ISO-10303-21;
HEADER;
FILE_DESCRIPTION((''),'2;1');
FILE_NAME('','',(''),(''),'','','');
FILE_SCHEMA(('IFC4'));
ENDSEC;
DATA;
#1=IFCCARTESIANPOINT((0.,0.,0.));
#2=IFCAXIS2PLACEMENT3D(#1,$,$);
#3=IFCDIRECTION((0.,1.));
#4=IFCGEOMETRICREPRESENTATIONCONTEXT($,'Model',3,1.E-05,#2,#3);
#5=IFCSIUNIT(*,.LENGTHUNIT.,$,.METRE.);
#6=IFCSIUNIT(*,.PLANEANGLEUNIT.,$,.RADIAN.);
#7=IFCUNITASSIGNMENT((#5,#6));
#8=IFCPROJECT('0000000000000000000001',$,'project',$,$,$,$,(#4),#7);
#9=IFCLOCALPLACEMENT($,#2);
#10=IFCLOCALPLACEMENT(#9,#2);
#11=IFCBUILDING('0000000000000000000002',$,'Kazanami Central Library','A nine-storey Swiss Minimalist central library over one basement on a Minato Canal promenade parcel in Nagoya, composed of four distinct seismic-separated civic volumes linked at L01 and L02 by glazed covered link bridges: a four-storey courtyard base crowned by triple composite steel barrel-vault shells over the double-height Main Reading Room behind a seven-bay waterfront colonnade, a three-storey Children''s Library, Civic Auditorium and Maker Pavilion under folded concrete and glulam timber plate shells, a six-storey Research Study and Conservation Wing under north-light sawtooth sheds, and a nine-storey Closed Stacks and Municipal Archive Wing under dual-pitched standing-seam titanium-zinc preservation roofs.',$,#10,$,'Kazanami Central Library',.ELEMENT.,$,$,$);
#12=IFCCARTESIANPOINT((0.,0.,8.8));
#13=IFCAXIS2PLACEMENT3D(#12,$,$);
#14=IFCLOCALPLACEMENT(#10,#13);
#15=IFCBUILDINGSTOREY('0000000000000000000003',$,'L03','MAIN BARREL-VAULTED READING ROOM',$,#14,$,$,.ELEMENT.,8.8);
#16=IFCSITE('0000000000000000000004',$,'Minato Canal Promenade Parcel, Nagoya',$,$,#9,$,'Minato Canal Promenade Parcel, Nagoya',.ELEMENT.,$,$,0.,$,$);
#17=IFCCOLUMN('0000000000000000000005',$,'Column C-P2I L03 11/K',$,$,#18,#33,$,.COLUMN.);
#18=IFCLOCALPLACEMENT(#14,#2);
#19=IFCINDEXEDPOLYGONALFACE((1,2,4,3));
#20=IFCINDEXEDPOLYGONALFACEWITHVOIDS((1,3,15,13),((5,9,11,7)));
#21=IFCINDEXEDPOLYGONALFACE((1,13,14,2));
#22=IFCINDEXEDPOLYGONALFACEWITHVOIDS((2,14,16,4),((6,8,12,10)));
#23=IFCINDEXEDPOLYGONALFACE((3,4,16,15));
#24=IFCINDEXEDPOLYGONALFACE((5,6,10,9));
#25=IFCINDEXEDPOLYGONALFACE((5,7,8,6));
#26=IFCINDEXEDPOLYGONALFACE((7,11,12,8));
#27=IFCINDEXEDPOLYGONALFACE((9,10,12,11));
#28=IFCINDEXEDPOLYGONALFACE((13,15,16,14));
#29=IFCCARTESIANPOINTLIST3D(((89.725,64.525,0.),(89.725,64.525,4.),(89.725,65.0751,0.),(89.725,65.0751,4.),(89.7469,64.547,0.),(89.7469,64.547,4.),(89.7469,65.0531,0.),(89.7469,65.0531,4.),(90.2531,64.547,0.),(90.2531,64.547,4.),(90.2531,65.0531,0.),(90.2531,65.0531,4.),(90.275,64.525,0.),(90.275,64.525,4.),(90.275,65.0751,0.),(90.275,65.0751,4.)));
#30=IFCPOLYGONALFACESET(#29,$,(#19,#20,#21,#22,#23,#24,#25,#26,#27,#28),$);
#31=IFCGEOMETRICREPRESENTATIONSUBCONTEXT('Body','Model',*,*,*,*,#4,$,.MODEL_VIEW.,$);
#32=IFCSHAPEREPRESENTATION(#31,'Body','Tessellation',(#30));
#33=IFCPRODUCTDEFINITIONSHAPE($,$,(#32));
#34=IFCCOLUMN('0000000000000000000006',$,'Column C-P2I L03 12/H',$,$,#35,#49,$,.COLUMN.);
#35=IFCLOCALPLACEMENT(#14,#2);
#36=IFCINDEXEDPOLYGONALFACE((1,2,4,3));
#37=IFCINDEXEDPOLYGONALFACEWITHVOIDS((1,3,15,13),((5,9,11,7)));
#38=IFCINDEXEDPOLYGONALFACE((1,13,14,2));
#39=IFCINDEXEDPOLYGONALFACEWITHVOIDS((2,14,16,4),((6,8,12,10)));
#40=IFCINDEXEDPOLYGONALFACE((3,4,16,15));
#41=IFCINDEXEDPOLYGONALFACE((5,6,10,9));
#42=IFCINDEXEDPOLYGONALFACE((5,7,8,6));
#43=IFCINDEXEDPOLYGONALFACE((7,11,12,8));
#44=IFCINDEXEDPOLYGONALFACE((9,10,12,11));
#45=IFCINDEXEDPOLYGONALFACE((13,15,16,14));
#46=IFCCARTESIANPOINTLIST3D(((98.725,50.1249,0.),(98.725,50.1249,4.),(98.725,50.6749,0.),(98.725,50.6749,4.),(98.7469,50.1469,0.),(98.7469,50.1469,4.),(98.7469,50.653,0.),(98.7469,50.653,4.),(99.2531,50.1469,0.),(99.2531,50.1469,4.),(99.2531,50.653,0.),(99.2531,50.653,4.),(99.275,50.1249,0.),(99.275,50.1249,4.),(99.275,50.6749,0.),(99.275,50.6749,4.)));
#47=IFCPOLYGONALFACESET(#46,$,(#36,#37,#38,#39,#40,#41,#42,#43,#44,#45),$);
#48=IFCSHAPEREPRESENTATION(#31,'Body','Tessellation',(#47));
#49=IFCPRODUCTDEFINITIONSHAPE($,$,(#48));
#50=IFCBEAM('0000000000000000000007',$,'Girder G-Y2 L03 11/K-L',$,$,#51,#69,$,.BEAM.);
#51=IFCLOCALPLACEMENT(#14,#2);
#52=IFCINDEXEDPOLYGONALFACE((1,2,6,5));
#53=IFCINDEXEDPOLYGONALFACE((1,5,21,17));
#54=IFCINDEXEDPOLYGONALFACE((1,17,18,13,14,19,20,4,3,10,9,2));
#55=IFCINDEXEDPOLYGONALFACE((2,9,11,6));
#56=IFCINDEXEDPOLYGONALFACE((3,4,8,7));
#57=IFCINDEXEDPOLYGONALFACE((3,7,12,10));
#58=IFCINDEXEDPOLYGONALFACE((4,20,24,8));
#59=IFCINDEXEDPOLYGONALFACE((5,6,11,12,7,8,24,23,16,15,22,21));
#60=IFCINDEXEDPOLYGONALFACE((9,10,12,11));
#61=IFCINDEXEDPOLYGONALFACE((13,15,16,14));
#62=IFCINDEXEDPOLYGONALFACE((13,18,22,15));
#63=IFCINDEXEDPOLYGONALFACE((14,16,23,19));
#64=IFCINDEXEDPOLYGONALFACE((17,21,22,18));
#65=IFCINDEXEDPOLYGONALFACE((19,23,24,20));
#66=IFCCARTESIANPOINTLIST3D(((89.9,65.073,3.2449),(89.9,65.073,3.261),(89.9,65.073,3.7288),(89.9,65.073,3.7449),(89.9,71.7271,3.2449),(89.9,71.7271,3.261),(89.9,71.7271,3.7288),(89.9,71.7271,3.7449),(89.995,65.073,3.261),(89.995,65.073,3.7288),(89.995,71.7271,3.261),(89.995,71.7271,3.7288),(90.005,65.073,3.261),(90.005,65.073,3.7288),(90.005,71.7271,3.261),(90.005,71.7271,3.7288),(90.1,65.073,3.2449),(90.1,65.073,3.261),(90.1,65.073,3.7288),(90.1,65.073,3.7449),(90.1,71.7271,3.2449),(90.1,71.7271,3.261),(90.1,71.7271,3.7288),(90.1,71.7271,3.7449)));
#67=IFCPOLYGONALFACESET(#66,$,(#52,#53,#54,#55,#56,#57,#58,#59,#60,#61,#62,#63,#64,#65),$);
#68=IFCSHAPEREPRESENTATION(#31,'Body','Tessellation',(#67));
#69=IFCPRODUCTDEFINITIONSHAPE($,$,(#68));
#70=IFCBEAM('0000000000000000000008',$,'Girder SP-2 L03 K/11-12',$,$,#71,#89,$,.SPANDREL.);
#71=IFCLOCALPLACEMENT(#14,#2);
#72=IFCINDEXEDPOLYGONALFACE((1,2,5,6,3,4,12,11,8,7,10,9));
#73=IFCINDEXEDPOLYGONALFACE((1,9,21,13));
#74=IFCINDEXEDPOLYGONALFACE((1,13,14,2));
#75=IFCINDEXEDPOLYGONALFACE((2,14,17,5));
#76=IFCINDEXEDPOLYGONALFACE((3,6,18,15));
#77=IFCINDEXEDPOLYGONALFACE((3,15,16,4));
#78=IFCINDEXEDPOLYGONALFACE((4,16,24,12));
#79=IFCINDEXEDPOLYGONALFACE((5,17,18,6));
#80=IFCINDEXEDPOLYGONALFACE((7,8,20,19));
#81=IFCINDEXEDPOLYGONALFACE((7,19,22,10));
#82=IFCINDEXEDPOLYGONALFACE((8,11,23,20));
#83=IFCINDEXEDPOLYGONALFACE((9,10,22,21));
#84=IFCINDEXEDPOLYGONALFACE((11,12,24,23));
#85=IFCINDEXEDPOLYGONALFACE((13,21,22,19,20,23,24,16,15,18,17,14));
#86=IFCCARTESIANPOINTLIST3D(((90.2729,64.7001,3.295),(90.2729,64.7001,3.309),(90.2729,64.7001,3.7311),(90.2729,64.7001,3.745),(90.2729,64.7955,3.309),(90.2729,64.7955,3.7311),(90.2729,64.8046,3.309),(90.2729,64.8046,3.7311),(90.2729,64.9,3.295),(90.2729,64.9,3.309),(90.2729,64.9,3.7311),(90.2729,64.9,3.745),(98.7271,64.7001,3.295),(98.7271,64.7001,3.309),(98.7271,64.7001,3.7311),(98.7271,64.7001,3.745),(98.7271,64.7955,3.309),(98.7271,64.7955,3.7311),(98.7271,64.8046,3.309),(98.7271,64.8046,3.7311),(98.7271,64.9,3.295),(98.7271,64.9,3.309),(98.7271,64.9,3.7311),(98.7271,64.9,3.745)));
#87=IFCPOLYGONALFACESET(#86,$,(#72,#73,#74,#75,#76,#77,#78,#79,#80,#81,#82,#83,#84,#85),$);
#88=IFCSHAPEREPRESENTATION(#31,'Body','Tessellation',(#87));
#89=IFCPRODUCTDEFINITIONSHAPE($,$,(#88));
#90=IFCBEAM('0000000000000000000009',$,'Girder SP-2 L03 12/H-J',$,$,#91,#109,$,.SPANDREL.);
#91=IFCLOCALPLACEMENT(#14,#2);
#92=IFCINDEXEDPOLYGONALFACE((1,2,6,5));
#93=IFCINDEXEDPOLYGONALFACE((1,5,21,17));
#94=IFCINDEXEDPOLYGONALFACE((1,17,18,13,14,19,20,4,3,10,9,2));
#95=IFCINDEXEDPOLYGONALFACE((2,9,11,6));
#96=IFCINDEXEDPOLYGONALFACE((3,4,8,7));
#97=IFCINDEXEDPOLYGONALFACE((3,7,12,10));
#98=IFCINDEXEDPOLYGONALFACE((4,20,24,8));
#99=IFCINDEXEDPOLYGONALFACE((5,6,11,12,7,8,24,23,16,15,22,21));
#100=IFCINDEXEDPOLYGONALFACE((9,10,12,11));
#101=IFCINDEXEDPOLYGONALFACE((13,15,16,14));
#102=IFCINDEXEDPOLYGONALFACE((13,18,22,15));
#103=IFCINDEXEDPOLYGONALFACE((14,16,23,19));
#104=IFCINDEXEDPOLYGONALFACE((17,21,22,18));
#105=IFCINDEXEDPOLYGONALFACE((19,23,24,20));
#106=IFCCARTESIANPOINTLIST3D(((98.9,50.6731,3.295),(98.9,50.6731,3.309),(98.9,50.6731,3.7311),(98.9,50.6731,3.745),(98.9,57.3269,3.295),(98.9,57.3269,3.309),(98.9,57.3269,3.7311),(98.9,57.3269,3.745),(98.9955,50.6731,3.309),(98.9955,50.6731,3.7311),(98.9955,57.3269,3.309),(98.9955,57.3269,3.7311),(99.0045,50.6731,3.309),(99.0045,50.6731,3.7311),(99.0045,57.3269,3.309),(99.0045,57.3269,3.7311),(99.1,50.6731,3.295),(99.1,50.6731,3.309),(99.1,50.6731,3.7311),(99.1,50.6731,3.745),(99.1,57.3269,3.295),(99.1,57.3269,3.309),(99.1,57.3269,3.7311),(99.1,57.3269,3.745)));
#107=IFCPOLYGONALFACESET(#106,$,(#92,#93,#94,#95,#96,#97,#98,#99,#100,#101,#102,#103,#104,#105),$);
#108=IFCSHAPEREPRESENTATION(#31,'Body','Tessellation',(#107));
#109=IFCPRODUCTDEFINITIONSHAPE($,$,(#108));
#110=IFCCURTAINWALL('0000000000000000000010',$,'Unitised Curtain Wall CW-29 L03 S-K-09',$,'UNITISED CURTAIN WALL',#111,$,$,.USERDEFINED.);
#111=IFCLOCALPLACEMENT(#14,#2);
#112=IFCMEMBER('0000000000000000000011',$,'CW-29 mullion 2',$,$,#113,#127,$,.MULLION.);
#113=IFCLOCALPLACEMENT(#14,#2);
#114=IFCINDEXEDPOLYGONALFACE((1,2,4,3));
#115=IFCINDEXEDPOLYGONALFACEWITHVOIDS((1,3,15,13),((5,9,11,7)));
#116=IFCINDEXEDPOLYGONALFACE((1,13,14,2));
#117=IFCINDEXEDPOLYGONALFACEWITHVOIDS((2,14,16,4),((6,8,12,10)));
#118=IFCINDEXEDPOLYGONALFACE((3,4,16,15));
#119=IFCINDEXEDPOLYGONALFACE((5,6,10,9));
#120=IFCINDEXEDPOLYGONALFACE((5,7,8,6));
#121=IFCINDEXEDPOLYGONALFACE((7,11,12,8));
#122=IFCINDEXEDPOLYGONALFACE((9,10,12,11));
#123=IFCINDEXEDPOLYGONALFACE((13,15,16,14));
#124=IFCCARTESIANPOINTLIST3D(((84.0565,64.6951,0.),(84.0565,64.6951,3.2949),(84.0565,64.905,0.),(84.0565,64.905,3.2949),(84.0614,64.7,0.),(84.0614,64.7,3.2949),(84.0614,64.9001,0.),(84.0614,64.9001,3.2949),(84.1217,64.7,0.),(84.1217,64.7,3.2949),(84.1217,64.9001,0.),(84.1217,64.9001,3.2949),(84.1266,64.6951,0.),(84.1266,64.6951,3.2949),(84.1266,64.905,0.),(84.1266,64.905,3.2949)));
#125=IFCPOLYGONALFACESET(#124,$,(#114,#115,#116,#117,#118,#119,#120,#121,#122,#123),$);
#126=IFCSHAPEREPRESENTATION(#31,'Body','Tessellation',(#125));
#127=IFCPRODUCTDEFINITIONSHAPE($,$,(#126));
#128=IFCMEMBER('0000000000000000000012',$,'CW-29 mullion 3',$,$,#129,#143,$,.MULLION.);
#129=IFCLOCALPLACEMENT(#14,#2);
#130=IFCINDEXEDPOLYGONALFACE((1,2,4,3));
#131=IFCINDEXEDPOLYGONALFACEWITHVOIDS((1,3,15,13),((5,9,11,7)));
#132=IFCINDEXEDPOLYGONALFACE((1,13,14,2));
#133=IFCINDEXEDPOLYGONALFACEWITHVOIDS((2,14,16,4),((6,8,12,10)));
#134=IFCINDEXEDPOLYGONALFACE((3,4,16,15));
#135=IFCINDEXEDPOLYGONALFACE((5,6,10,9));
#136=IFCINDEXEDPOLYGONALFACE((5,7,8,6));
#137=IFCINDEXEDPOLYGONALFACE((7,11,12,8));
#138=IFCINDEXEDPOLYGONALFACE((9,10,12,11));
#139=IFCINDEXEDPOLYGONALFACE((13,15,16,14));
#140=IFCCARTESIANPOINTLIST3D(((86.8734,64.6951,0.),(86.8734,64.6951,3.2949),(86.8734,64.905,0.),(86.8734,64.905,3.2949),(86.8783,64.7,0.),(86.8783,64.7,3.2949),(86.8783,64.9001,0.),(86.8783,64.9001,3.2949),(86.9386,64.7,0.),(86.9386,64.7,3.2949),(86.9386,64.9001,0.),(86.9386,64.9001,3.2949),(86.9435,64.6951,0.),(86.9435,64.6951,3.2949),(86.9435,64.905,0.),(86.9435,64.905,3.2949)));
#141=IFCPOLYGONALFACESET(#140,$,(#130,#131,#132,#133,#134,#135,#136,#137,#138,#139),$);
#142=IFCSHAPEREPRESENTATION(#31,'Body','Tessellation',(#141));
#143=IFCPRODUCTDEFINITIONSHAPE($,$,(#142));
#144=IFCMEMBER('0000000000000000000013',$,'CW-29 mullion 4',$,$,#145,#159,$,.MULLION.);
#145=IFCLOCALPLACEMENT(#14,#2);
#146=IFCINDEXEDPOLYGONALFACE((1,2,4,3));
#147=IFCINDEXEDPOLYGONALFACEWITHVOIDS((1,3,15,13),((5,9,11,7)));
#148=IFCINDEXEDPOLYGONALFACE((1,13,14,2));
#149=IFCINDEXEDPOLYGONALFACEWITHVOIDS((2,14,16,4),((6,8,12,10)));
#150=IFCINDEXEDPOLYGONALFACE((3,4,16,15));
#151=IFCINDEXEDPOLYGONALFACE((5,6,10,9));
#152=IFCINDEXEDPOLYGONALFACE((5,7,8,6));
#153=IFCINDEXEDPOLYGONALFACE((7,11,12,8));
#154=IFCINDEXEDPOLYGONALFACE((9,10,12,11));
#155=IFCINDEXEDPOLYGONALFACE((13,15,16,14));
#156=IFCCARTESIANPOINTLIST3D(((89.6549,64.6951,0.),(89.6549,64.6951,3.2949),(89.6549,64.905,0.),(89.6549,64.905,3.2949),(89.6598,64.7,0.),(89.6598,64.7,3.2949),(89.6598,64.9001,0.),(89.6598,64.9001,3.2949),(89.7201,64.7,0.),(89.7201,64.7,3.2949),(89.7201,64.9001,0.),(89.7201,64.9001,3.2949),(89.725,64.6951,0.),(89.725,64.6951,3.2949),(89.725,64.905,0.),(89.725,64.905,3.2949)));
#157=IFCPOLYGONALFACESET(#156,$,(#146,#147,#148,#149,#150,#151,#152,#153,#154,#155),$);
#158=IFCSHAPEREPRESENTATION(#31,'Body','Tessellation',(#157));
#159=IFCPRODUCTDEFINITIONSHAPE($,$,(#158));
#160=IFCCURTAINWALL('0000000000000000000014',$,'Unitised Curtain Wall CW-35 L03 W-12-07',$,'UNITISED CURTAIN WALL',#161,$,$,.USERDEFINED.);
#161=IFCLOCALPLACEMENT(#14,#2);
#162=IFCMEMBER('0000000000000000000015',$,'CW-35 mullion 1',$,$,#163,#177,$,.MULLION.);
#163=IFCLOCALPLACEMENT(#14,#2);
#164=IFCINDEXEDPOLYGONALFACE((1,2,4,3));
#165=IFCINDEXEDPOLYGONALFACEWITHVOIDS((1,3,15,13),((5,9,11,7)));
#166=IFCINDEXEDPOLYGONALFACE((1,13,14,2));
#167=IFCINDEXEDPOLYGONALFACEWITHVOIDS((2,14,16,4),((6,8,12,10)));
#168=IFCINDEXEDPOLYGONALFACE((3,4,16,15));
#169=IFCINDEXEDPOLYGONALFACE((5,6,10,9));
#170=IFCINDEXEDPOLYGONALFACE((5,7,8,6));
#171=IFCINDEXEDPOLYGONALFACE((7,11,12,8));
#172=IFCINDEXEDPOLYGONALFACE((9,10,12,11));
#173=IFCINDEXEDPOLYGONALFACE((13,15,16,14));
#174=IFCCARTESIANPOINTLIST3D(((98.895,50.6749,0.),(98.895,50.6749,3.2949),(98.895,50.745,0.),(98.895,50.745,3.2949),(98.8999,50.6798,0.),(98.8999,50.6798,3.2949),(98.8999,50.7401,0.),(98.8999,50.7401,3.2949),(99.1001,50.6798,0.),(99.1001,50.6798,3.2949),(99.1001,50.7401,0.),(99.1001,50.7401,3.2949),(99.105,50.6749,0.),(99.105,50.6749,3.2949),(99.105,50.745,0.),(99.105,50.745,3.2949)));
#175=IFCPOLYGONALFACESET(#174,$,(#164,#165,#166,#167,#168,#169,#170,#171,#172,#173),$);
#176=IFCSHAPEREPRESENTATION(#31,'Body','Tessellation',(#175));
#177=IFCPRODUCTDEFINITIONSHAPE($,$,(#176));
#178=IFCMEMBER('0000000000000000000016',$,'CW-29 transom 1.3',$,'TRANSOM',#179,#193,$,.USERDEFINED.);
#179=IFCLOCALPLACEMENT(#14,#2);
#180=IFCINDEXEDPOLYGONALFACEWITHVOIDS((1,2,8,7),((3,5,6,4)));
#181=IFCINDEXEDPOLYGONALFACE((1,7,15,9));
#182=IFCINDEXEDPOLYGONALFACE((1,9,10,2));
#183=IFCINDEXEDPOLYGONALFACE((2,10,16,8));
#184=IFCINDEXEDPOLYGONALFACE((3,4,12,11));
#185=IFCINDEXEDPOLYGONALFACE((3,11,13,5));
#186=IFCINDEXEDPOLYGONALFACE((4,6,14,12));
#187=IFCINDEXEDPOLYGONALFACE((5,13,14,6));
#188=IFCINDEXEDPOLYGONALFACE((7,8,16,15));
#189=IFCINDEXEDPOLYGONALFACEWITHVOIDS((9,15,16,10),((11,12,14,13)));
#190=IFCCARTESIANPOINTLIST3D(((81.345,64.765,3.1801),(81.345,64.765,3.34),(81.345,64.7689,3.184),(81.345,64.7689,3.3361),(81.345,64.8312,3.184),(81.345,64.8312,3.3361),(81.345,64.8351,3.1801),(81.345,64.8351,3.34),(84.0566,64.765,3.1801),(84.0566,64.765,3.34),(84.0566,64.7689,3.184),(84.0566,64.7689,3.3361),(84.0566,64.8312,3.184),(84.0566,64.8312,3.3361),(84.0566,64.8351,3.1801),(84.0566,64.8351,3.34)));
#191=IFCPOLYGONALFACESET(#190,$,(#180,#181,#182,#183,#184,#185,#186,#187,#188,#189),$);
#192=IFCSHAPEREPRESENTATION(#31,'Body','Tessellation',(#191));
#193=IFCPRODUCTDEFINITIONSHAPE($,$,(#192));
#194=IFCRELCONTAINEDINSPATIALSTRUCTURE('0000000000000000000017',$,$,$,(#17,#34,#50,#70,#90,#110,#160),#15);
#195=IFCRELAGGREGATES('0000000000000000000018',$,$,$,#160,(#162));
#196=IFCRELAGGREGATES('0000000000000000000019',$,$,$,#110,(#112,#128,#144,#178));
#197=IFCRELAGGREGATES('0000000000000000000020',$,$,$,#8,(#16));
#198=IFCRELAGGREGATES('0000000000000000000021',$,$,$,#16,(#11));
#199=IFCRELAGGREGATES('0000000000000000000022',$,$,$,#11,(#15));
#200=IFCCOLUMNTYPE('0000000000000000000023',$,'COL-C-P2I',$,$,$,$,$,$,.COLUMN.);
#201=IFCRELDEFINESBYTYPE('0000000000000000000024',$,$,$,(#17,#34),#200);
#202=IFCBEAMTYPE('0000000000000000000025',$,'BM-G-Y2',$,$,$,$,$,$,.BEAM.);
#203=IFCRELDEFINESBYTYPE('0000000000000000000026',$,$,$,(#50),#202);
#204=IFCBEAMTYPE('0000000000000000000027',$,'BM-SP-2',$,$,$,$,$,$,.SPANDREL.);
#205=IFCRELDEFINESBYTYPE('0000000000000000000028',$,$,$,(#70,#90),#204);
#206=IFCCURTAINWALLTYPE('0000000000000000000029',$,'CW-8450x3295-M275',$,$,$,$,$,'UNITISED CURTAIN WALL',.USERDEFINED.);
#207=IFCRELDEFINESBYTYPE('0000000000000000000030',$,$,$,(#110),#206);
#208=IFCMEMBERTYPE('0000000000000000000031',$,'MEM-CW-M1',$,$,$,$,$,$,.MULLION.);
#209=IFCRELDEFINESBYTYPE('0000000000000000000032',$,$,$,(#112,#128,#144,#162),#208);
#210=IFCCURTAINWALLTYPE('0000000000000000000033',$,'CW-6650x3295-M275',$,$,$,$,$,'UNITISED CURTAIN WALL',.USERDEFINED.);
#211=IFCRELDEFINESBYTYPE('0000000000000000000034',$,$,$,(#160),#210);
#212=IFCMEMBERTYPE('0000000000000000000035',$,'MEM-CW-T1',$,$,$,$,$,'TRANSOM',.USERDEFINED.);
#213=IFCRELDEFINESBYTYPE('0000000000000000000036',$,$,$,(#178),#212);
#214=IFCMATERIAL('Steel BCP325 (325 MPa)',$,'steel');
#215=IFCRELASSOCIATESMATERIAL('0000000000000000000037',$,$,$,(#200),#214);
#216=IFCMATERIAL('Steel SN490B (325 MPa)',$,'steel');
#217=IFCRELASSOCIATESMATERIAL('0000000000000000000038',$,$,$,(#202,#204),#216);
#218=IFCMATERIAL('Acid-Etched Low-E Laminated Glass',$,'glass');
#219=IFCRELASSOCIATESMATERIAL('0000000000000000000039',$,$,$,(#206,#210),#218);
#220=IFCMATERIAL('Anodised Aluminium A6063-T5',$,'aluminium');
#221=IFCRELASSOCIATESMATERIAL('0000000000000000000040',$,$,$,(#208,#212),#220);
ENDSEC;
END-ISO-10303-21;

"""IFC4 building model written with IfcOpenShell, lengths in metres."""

from ifc_helpers import new_model, si_unit, direction, frame, origin, origin_2d, place, context, subcontext, project, spatial, hollow_rectangle, i_section, extrude, material, material_profile, profile_set, type_object, element, aggregate, save


model = new_model("IFC4")

# Units and contexts
model_context = context("Model", 3, precision=1e-05, world=origin(), true_north=direction((0.0, 1.0)))
body_context = subcontext(model_context, "Body", "Model", "MODEL_VIEW")
ifc_project = project(units=[si_unit("LENGTHUNIT", "METRE"), si_unit("PLANEANGLEUNIT", "RADIAN")], contexts=[model_context])

# Site, building, storey
site_placement = place(None, origin())
site = spatial("IfcSite", under=ifc_project, at=site_placement, Name="Minato Canal Promenade Parcel, Nagoya", LongName="Minato Canal Promenade Parcel, Nagoya", CompositionType="ELEMENT", RefElevation=0.0)
building_placement = place(site_placement, origin())
building = spatial("IfcBuilding", under=site, at=building_placement, Name="Kazanami Central Library", Description="A nine-storey Swiss Minimalist central library over one basement on a Minato Canal promenade parcel in Nagoya, composed of four distinct seismic-separated civic volumes linked at L01 and L02 by glazed covered link bridges: a four-storey courtyard base crowned by triple composite steel barrel-vault shells over the double-height Main Reading Room behind a seven-bay waterfront colonnade, a three-storey Children's Library, Civic Auditorium and Maker Pavilion under folded concrete and glulam timber plate shells, a six-storey Research Study and Conservation Wing under north-light sawtooth sheds, and a nine-storey Closed Stacks and Municipal Archive Wing under dual-pitched standing-seam titanium-zinc preservation roofs.", LongName="Kazanami Central Library", CompositionType="ELEMENT")
storey_placement = place(building_placement, frame((0.0, 0.0, 8.8)))
storey = spatial("IfcBuildingStorey", under=building, at=storey_placement, Name="L03", Description="MAIN BARREL-VAULTED READING ROOM", CompositionType="ELEMENT", Elevation=8.8)

# Columns
ifc_material_1 = material(Name="Steel BCP325 (325 MPa)", Category="steel")
ifc_material_profile_1 = material_profile(ifc_material_1, hollow_rectangle(XDim=0.55, YDim=0.55, WallThickness=0.022, at=origin_2d()), Name="BCP-550x550x22")
ifc_profile_set_1 = profile_set([ifc_material_profile_1], Name="Steel BCP325 (325 MPa)")
column_type = type_object("IfcColumnType", Name="COL-C-P2I", PredefinedType="COLUMN", material=ifc_profile_set_1)
for number, where, z_axis, x_axis, name in (
    (1, (90.0, 64.8, 0.0), (0.0, 0.0, 1.0), (1.0, 0.0, 0.0), "Column C-P2I L03 11/K"),
    (2, (99.0, 50.3999, 0.0), (0.0, 0.0, 1.0), (1.0, 0.0, 0.0), "Column C-P2I L03 12/H"),
):
    element("IfcColumn", number, at=place(storey_placement, frame(where, z_axis=z_axis, x_axis=x_axis)), inside=storey, type_object=column_type, Name=name, PredefinedType="COLUMN", context=body_context, shape_type="SweptSolid", body=[
        extrude(hollow_rectangle(XDim=0.55, YDim=0.55, WallThickness=0.022, at=origin_2d()), origin(), (0.0, 0.0, 1.0), 4.0),
    ])

# Beams
ifc_material_2 = material(Name="Steel SN490B (325 MPa)", Category="steel")
ifc_material_profile_2 = material_profile(ifc_material_2, i_section(OverallWidth=0.2, OverallDepth=0.5, WebThickness=0.01, FlangeThickness=0.0161, at=origin_2d()), Name="H-500x200x10x16")
ifc_profile_set_2 = profile_set([ifc_material_profile_2], Name="Steel SN490B (325 MPa)")
beam_type_1 = type_object("IfcBeamType", Name="BM-G-Y2", PredefinedType="BEAM", material=ifc_profile_set_2)
beam_1_placement = place(storey_placement, frame((90.0, 65.073, 3.4949), z_axis=(0.0, 1.0, 0.0), x_axis=(-1.0, 0.0, 0.0)))
element("IfcBeam", 3, at=beam_1_placement, inside=storey, type_object=beam_type_1, Name="Girder G-Y2 L03 11/K-L", PredefinedType="BEAM", context=body_context, shape_type="SweptSolid", body=[
    extrude(i_section(OverallWidth=0.2, OverallDepth=0.5, WebThickness=0.01, FlangeThickness=0.0161, at=origin_2d()), origin(), (0.0, 0.0, 1.0), 6.6541),
])
ifc_material_profile_3 = material_profile(ifc_material_2, i_section(OverallWidth=0.2, OverallDepth=0.45, WebThickness=0.009, FlangeThickness=0.0139, at=origin_2d()), Name="H-450x200x9x14")
ifc_profile_set_3 = profile_set([ifc_material_profile_3], Name="Steel SN490B (325 MPa)")
beam_type_2 = type_object("IfcBeamType", Name="BM-SP-2", PredefinedType="SPANDREL", material=ifc_profile_set_3)
beam_2_placement = place(storey_placement, frame((90.2729, 64.8, 3.52), z_axis=(1.0, 0.0, 0.0), x_axis=(0.0, 1.0, 0.0)))
element("IfcBeam", 4, at=beam_2_placement, inside=storey, type_object=beam_type_2, Name="Girder SP-2 L03 K/11-12", PredefinedType="SPANDREL", context=body_context, shape_type="SweptSolid", body=[
    extrude(i_section(OverallWidth=0.2, OverallDepth=0.45, WebThickness=0.009, FlangeThickness=0.0139, at=origin_2d()), origin(), (0.0, 0.0, 1.0), 8.4541),
])
beam_3_placement = place(storey_placement, frame((99.0, 50.6731, 3.52), z_axis=(0.0, 1.0, 0.0), x_axis=(-1.0, 0.0, 0.0)))
element("IfcBeam", 5, at=beam_3_placement, inside=storey, type_object=beam_type_2, Name="Girder SP-2 L03 12/H-J", PredefinedType="SPANDREL", context=body_context, shape_type="SweptSolid", body=[
    extrude(i_section(OverallWidth=0.2, OverallDepth=0.45, WebThickness=0.009, FlangeThickness=0.0139, at=origin_2d()), origin(), (0.0, 0.0, 1.0), 6.6538),
])

# Curtain wall, members
ifc_material_3 = material(Name="Acid-Etched Low-E Laminated Glass", Category="glass")
curtain_wall_type_1 = type_object("IfcCurtainWallType", Name="CW-8450x3295-M275", ElementType="UNITISED CURTAIN WALL", PredefinedType="USERDEFINED", material=ifc_material_3)
curtain_wall_1_placement = place(storey_placement, origin())
curtain_wall_1 = element("IfcCurtainWall", 6, at=curtain_wall_1_placement, inside=storey, type_object=curtain_wall_type_1, Name="Unitised Curtain Wall CW-29 L03 S-K-09", ObjectType="UNITISED CURTAIN WALL", PredefinedType="USERDEFINED")
ifc_material_4 = material(Name="Anodised Aluminium A6063-T5", Category="aluminium")
ifc_material_profile_4 = material_profile(ifc_material_4, hollow_rectangle(XDim=0.0701, YDim=0.21, WallThickness=0.0049, at=origin_2d()), Name="ALU-MULL-70x210x5")
ifc_profile_set_4 = profile_set([ifc_material_profile_4], Name="Anodised Aluminium A6063-T5")
member_type_1 = type_object("IfcMemberType", Name="MEM-CW-M1", PredefinedType="MULLION", material=ifc_profile_set_4)
member_1_placement = place(storey_placement, frame((84.0916, 64.8, 0.0), z_axis=(0.0, 0.0, 1.0), x_axis=(1.0, 0.0, 0.0)))
member_1 = element("IfcMember", 7, at=member_1_placement, type_object=member_type_1, Name="CW-29 mullion 2", PredefinedType="MULLION", context=body_context, shape_type="SweptSolid", body=[
    extrude(hollow_rectangle(XDim=0.0701, YDim=0.21, WallThickness=0.0049, at=origin_2d()), origin(), (0.0, 0.0, 1.0), 3.2949),
])
member_2_placement = place(storey_placement, frame((86.9084, 64.8, 0.0), z_axis=(0.0, 0.0, 1.0), x_axis=(1.0, 0.0, 0.0)))
member_2 = element("IfcMember", 8, at=member_2_placement, type_object=member_type_1, Name="CW-29 mullion 3", PredefinedType="MULLION", context=body_context, shape_type="SweptSolid", body=[
    extrude(hollow_rectangle(XDim=0.0701, YDim=0.21, WallThickness=0.0049, at=origin_2d()), origin(), (0.0, 0.0, 1.0), 3.2949),
])
member_3_placement = place(storey_placement, frame((89.6899, 64.8, 0.0), z_axis=(0.0, 0.0, 1.0), x_axis=(1.0, 0.0, 0.0)))
member_3 = element("IfcMember", 9, at=member_3_placement, type_object=member_type_1, Name="CW-29 mullion 4", PredefinedType="MULLION", context=body_context, shape_type="SweptSolid", body=[
    extrude(hollow_rectangle(XDim=0.0701, YDim=0.21, WallThickness=0.0049, at=origin_2d()), origin(), (0.0, 0.0, 1.0), 3.2949),
])

# Curtain wall, member
curtain_wall_type_2 = type_object("IfcCurtainWallType", Name="CW-6650x3295-M275", ElementType="UNITISED CURTAIN WALL", PredefinedType="USERDEFINED", material=ifc_material_3)
curtain_wall_2_placement = place(storey_placement, origin())
curtain_wall_2 = element("IfcCurtainWall", 10, at=curtain_wall_2_placement, inside=storey, type_object=curtain_wall_type_2, Name="Unitised Curtain Wall CW-35 L03 W-12-07", ObjectType="UNITISED CURTAIN WALL", PredefinedType="USERDEFINED")
member_4_placement = place(storey_placement, frame((99.0, 50.71, 0.0), z_axis=(0.0, 0.0, 1.0), x_axis=(0.0, 1.0, 0.0)))
member_4 = element("IfcMember", 11, at=member_4_placement, type_object=member_type_1, Name="CW-35 mullion 1", PredefinedType="MULLION", context=body_context, shape_type="SweptSolid", body=[
    extrude(hollow_rectangle(XDim=0.0701, YDim=0.21, WallThickness=0.0049, at=origin_2d()), origin(), (0.0, 0.0, 1.0), 3.2949),
])
aggregate(curtain_wall_2, [member_4])

# Member
ifc_material_profile_5 = material_profile(ifc_material_4, hollow_rectangle(XDim=0.0701, YDim=0.1599, WallThickness=0.0039, at=origin_2d()), Name="ALU-TRAN-70x160x4")
ifc_profile_set_5 = profile_set([ifc_material_profile_5], Name="Anodised Aluminium A6063-T5")
member_type_2 = type_object("IfcMemberType", Name="MEM-CW-T1", ElementType="TRANSOM", PredefinedType="USERDEFINED", material=ifc_profile_set_5)
member_5_placement = place(storey_placement, frame((81.345, 64.8, 3.26), z_axis=(1.0, 0.0, 0.0), x_axis=(0.0, 1.0, 0.0)))
member_5 = element("IfcMember", 12, at=member_5_placement, type_object=member_type_2, Name="CW-29 transom 1.3", ObjectType="TRANSOM", PredefinedType="USERDEFINED", context=body_context, shape_type="SweptSolid", body=[
    extrude(hollow_rectangle(XDim=0.0701, YDim=0.1599, WallThickness=0.0039, at=origin_2d()), origin(), (0.0, 0.0, 1.0), 2.7117),
])

aggregate(curtain_wall_1, [member_1, member_2, member_3, member_5])

save(model, "model.ifc")
